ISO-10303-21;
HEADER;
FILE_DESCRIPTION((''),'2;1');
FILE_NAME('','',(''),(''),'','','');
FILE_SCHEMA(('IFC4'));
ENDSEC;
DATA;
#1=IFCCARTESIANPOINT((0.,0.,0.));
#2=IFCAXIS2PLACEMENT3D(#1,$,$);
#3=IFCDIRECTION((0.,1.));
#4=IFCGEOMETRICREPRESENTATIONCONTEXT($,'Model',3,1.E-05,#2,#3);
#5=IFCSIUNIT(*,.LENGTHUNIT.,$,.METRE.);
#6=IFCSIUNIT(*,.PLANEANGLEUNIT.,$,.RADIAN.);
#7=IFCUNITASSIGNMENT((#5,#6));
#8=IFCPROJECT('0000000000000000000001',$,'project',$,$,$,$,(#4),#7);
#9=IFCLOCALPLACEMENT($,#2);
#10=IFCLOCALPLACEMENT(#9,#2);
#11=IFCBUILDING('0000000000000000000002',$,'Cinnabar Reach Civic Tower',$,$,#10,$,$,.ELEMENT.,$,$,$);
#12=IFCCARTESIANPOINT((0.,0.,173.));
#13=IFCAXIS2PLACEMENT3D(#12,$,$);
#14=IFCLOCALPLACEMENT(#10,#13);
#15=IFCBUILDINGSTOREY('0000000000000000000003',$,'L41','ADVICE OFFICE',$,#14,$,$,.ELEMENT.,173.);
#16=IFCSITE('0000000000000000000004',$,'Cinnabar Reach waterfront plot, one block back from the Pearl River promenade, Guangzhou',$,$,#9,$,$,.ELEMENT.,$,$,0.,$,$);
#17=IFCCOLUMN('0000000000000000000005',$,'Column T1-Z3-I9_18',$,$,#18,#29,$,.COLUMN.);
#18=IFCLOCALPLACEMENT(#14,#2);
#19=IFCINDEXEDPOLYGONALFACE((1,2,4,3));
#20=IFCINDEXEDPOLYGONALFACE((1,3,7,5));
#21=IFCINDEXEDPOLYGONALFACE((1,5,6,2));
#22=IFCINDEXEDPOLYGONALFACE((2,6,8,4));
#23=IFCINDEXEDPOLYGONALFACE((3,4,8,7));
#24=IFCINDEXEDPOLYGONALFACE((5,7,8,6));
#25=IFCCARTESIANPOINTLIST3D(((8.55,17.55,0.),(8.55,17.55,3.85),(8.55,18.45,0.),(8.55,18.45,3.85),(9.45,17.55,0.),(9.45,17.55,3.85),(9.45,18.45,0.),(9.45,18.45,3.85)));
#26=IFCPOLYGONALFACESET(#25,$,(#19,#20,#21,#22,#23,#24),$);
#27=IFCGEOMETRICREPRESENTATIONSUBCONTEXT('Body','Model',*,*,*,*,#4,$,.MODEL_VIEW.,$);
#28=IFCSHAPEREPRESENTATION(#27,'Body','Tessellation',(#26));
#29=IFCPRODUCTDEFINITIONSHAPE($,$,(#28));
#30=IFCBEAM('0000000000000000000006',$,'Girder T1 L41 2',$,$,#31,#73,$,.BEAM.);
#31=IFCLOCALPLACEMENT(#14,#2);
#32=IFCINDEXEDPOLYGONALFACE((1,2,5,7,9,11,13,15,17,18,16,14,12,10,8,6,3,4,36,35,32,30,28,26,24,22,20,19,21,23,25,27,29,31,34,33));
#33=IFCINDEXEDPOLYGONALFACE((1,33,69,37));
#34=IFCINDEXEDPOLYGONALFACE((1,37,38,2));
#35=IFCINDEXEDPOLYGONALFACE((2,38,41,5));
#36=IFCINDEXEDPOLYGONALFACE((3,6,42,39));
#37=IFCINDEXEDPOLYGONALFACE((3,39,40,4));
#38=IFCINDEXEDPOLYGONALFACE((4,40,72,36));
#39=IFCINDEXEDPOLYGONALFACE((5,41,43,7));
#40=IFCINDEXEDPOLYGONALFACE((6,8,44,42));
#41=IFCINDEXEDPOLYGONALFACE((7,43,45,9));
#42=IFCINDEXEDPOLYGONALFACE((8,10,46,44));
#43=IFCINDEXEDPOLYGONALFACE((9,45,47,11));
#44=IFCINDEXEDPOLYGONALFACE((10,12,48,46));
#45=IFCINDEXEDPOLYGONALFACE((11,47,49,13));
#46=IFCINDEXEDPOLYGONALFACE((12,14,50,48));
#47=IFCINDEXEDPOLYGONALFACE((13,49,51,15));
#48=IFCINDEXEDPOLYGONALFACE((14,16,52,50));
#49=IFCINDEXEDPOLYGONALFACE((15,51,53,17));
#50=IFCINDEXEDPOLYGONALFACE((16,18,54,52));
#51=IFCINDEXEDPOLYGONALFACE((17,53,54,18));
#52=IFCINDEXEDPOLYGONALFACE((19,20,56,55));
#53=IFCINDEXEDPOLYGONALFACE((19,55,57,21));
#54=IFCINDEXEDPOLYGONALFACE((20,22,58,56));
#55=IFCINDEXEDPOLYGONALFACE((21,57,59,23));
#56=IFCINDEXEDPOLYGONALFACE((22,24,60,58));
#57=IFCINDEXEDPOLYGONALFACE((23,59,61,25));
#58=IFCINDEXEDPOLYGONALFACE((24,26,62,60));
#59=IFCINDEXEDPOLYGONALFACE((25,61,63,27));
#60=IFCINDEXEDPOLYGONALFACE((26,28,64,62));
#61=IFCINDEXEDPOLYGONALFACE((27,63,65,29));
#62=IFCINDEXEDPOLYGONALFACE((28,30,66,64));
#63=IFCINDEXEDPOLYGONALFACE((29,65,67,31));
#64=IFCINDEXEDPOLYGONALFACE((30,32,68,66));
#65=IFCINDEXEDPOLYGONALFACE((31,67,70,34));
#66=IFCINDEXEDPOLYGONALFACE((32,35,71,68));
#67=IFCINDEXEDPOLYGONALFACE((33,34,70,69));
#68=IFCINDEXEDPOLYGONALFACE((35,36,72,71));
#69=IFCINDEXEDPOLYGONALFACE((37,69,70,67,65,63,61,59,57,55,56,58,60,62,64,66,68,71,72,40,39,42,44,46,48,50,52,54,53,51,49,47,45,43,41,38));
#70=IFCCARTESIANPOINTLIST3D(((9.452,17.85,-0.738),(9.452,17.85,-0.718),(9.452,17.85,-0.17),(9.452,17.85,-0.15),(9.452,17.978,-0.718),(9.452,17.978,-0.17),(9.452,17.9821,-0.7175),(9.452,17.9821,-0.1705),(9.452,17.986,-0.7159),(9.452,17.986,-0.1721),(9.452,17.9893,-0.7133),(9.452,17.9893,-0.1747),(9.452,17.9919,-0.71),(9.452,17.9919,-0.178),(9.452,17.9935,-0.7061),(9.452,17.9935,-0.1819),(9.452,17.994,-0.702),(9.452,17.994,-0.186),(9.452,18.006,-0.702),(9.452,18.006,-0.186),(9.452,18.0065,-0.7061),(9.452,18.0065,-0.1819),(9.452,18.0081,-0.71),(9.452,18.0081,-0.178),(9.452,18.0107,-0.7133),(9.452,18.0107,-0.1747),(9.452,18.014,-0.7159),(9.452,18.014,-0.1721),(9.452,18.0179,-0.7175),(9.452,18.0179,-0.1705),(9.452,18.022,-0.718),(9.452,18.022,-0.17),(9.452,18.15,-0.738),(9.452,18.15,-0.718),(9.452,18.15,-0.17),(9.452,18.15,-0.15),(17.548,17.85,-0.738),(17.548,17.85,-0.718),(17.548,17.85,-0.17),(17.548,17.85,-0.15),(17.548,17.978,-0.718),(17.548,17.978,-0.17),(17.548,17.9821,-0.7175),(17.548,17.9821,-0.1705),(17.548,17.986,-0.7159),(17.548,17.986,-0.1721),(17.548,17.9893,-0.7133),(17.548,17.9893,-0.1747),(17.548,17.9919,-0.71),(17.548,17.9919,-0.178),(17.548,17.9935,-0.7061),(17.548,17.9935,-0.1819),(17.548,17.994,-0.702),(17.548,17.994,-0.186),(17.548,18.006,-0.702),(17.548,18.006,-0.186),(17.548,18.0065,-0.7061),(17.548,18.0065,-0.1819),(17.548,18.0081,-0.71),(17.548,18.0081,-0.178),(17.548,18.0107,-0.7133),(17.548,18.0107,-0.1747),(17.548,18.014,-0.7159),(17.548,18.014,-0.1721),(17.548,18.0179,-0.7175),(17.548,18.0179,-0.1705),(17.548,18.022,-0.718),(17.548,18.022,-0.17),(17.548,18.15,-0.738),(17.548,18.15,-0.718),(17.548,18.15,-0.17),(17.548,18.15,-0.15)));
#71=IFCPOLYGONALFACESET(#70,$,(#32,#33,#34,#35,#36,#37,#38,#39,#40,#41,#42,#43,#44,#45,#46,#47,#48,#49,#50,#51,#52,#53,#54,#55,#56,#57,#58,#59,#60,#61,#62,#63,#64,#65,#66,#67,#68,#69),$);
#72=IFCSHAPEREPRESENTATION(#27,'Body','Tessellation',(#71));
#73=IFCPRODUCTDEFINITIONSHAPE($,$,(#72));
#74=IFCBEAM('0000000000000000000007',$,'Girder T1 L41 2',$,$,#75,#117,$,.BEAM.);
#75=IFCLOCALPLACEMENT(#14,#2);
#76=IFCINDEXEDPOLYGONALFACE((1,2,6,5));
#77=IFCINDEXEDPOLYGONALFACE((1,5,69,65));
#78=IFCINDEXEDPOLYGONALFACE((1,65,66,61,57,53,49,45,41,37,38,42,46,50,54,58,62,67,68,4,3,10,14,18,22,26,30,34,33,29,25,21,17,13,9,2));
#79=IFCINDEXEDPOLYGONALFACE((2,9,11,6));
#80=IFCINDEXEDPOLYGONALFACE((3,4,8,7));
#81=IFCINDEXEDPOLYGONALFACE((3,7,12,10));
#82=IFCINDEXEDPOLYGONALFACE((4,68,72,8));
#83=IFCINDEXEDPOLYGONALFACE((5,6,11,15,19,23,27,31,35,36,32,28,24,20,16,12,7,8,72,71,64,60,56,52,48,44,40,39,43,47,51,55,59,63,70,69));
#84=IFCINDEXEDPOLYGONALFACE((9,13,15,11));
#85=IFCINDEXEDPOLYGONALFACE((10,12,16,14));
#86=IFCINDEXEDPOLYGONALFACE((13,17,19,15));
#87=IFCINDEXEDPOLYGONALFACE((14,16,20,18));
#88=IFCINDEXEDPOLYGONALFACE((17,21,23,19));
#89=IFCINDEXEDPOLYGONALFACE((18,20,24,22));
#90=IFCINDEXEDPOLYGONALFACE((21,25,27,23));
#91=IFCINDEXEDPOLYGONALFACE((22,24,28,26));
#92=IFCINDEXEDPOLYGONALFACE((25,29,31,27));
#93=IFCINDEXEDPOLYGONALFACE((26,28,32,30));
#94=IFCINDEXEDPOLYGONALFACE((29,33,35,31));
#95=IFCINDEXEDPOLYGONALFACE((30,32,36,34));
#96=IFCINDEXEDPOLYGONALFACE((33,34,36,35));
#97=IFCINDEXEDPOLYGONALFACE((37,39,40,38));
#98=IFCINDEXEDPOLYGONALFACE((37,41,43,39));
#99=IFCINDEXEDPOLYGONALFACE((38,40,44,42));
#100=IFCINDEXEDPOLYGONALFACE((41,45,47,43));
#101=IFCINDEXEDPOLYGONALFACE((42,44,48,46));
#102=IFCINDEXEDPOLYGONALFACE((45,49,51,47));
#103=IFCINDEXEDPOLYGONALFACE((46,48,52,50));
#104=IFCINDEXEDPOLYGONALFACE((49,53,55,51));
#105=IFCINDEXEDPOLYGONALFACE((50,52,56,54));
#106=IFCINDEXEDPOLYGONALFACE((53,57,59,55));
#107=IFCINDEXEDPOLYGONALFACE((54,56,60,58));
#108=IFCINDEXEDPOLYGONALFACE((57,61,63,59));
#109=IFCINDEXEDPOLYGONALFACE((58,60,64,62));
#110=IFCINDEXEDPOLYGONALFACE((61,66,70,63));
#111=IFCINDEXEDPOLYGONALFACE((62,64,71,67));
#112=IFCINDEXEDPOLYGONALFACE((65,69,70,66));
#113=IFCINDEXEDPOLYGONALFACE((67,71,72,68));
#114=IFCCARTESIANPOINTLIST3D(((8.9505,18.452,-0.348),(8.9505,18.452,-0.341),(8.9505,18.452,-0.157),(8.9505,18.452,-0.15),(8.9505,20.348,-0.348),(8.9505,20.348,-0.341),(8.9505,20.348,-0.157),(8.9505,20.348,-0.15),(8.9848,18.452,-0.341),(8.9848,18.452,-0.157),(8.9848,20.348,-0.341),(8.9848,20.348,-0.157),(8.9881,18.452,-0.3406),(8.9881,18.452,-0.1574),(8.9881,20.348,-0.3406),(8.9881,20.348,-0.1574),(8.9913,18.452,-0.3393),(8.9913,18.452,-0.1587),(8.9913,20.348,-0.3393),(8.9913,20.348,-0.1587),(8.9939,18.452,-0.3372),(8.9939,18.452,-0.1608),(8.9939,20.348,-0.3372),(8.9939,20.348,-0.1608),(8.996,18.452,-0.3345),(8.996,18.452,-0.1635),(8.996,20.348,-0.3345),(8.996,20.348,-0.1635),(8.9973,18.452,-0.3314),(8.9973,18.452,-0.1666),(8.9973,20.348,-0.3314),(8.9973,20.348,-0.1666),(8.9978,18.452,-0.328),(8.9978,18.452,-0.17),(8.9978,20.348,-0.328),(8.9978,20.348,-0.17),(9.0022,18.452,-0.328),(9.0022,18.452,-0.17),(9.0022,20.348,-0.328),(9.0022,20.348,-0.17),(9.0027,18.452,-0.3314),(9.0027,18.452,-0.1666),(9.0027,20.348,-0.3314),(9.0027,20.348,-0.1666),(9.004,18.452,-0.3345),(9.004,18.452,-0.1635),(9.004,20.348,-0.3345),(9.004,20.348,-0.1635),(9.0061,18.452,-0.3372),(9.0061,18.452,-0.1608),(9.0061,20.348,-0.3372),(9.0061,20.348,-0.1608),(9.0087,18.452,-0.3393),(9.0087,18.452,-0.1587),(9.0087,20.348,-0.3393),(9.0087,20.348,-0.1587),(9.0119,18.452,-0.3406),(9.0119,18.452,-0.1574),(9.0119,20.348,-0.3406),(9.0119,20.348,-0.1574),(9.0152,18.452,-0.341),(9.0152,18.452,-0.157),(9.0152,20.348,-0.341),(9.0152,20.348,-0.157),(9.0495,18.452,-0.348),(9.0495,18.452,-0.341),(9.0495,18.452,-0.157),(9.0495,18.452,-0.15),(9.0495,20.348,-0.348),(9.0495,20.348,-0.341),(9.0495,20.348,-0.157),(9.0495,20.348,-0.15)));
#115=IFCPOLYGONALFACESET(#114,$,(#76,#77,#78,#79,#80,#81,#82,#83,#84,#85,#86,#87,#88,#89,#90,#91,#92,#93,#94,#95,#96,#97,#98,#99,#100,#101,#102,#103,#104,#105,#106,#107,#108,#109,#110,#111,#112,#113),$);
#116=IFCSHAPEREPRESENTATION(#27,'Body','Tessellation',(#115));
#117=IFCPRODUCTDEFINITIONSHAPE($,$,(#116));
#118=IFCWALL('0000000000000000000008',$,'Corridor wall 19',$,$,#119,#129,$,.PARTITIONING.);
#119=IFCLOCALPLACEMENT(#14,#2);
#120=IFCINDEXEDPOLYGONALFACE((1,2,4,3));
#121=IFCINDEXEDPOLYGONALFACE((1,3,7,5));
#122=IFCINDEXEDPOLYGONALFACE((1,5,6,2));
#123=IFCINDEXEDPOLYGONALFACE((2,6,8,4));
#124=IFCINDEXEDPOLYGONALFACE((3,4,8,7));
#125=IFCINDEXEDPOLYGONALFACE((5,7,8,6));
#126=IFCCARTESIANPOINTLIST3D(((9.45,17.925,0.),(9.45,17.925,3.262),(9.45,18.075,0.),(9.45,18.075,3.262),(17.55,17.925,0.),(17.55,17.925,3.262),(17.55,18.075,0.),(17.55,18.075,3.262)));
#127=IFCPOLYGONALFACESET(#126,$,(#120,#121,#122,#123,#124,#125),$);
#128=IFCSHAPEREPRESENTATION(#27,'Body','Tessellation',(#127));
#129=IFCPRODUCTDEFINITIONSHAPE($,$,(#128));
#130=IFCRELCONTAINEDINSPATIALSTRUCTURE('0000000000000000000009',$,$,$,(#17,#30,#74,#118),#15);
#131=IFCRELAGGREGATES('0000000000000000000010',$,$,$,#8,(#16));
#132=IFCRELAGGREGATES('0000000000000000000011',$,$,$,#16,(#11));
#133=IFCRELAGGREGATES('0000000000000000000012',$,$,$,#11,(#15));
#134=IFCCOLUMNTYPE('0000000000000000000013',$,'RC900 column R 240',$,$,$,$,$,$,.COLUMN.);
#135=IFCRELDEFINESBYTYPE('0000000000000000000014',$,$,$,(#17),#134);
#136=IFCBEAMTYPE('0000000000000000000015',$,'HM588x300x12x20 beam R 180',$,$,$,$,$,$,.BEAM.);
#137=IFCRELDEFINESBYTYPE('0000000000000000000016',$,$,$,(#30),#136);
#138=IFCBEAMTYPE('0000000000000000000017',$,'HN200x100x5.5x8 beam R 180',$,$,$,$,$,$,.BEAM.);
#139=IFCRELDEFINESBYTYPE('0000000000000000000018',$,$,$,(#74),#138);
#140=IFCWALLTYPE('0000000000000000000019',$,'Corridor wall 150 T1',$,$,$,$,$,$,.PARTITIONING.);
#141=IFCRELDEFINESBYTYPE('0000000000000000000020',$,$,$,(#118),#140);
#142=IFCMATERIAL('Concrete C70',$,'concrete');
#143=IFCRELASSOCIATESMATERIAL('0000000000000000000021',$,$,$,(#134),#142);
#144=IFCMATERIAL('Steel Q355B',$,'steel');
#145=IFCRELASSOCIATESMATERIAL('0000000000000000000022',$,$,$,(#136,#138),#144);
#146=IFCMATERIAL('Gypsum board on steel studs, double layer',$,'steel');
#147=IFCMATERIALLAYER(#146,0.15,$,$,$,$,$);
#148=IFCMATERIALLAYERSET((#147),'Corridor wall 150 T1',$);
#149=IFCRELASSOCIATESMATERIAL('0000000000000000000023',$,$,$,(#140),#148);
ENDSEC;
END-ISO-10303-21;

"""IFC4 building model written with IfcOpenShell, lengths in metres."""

from ifc_helpers import new_model, si_unit, direction, frame, frame_2d, origin, origin_2d, place, context, subcontext, project, spatial, rectangle, i_section, extrude, material, layer, layer_set, material_profile, profile_set, type_object, element, save


model = new_model("IFC4")

# Units and contexts
model_context = context("Model", 3, precision=1e-05, world=origin(), true_north=direction((0.0, 1.0)))
body_context = subcontext(model_context, "Body", "Model", "MODEL_VIEW")
ifc_project = project(units=[si_unit("LENGTHUNIT", "METRE"), si_unit("PLANEANGLEUNIT", "RADIAN")], contexts=[model_context])

# Site, building, storey
site_placement = place(None, origin())
site = spatial("IfcSite", under=ifc_project, at=site_placement, Name="Cinnabar Reach waterfront plot, one block back from the Pearl River promenade, Guangzhou", CompositionType="ELEMENT", RefElevation=0.0)
building_placement = place(site_placement, origin())
building = spatial("IfcBuilding", under=site, at=building_placement, Name="Cinnabar Reach Civic Tower", CompositionType="ELEMENT")
storey_placement = place(building_placement, frame((0.0, 0.0, 173.0)))
storey = spatial("IfcBuildingStorey", under=building, at=storey_placement, Name="L41", Description="ADVICE OFFICE", CompositionType="ELEMENT", Elevation=173.0)

# Column
ifc_material_1 = material(Name="Concrete C70", Category="concrete")
ifc_material_profile_1 = material_profile(ifc_material_1, rectangle(XDim=0.9, YDim=0.9, at=origin_2d()), Name="RC900")
ifc_profile_set_1 = profile_set([ifc_material_profile_1], Name="Concrete C70")
column_type = type_object("IfcColumnType", Name="RC900 column R 240", PredefinedType="COLUMN", material=ifc_profile_set_1)
column_placement = place(storey_placement, frame((9.0, 18.0, 0.0), z_axis=(0.0, 0.0, 1.0), x_axis=(1.0, 0.0, 0.0)))
element("IfcColumn", 1, at=column_placement, inside=storey, type_object=column_type, Name="Column T1-Z3-I9_18", PredefinedType="COLUMN", context=body_context, shape_type="SweptSolid", body=[
    extrude(rectangle(XDim=0.9, YDim=0.9, at=origin_2d()), origin(), (0.0, 0.0, 1.0), 3.85),
])

# Beams
ifc_material_2 = material(Name="Steel Q355B", Category="steel")
ifc_material_profile_2 = material_profile(ifc_material_2, i_section(OverallWidth=0.3, OverallDepth=0.588, WebThickness=0.012, FlangeThickness=0.02, FilletRadius=0.016, at=origin_2d()), Name="HM588x300x12x20")
ifc_profile_set_2 = profile_set([ifc_material_profile_2], Name="Steel Q355B")
beam_type_1 = type_object("IfcBeamType", Name="HM588x300x12x20 beam R 180", PredefinedType="BEAM", material=ifc_profile_set_2)
beam_1_placement = place(storey_placement, frame((9.452, 18.0, -0.444), z_axis=(1.0, 0.0, 0.0), x_axis=(0.0, 1.0, 0.0)))
element("IfcBeam", 2, at=beam_1_placement, inside=storey, type_object=beam_type_1, Name="Girder T1 L41 2", PredefinedType="BEAM", context=body_context, shape_type="SweptSolid", body=[
    extrude(i_section(OverallWidth=0.3, OverallDepth=0.588, WebThickness=0.012, FlangeThickness=0.02, FilletRadius=0.016, at=origin_2d()), origin(), (0.0, 0.0, 1.0), 8.096),
])
ifc_material_profile_3 = material_profile(ifc_material_2, i_section(OverallWidth=0.099, OverallDepth=0.198, WebThickness=0.0045, FlangeThickness=0.007, FilletRadius=0.013, at=origin_2d()), Name="HN200x100x5.5x8")
ifc_profile_set_3 = profile_set([ifc_material_profile_3], Name="Steel Q355B")
beam_type_2 = type_object("IfcBeamType", Name="HN200x100x5.5x8 beam R 180", PredefinedType="BEAM", material=ifc_profile_set_3)
beam_2_placement = place(storey_placement, frame((9.0, 18.452, -0.249), z_axis=(0.0, 1.0, 0.0), x_axis=(-1.0, 0.0, 0.0)))
element("IfcBeam", 3, at=beam_2_placement, inside=storey, type_object=beam_type_2, Name="Girder T1 L41 2", PredefinedType="BEAM", context=body_context, shape_type="SweptSolid", body=[
    extrude(i_section(OverallWidth=0.099, OverallDepth=0.198, WebThickness=0.0045, FlangeThickness=0.007, FilletRadius=0.013, at=origin_2d()), origin(), (0.0, 0.0, 1.0), 1.896),
])

# Wall
ifc_material_3 = material(Name="Gypsum board on steel studs, double layer", Category="steel")
ifc_layer_1 = layer(ifc_material_3, 0.15)
ifc_layer_set_1 = layer_set([ifc_layer_1], Name="Corridor wall 150 T1")
wall_type_1 = type_object("IfcWallType", Name="Corridor wall 150 T1", PredefinedType="PARTITIONING", material=ifc_layer_set_1)
wall_1_placement = place(storey_placement, frame((9.45, 18.0, 0.0), z_axis=(0.0, 0.0, 1.0), x_axis=(1.0, 0.0, 0.0)))
element("IfcWall", 4, at=wall_1_placement, inside=storey, type_object=wall_type_1, Name="Corridor wall 19", PredefinedType="PARTITIONING", context=body_context, shape_type="SweptSolid", body=[
    extrude(rectangle(XDim=8.1, YDim=0.15, at=frame_2d((4.05, 0.0))), origin(), (0.0, 0.0, 1.0), 3.262),
])

save(model, "model.ifc")
